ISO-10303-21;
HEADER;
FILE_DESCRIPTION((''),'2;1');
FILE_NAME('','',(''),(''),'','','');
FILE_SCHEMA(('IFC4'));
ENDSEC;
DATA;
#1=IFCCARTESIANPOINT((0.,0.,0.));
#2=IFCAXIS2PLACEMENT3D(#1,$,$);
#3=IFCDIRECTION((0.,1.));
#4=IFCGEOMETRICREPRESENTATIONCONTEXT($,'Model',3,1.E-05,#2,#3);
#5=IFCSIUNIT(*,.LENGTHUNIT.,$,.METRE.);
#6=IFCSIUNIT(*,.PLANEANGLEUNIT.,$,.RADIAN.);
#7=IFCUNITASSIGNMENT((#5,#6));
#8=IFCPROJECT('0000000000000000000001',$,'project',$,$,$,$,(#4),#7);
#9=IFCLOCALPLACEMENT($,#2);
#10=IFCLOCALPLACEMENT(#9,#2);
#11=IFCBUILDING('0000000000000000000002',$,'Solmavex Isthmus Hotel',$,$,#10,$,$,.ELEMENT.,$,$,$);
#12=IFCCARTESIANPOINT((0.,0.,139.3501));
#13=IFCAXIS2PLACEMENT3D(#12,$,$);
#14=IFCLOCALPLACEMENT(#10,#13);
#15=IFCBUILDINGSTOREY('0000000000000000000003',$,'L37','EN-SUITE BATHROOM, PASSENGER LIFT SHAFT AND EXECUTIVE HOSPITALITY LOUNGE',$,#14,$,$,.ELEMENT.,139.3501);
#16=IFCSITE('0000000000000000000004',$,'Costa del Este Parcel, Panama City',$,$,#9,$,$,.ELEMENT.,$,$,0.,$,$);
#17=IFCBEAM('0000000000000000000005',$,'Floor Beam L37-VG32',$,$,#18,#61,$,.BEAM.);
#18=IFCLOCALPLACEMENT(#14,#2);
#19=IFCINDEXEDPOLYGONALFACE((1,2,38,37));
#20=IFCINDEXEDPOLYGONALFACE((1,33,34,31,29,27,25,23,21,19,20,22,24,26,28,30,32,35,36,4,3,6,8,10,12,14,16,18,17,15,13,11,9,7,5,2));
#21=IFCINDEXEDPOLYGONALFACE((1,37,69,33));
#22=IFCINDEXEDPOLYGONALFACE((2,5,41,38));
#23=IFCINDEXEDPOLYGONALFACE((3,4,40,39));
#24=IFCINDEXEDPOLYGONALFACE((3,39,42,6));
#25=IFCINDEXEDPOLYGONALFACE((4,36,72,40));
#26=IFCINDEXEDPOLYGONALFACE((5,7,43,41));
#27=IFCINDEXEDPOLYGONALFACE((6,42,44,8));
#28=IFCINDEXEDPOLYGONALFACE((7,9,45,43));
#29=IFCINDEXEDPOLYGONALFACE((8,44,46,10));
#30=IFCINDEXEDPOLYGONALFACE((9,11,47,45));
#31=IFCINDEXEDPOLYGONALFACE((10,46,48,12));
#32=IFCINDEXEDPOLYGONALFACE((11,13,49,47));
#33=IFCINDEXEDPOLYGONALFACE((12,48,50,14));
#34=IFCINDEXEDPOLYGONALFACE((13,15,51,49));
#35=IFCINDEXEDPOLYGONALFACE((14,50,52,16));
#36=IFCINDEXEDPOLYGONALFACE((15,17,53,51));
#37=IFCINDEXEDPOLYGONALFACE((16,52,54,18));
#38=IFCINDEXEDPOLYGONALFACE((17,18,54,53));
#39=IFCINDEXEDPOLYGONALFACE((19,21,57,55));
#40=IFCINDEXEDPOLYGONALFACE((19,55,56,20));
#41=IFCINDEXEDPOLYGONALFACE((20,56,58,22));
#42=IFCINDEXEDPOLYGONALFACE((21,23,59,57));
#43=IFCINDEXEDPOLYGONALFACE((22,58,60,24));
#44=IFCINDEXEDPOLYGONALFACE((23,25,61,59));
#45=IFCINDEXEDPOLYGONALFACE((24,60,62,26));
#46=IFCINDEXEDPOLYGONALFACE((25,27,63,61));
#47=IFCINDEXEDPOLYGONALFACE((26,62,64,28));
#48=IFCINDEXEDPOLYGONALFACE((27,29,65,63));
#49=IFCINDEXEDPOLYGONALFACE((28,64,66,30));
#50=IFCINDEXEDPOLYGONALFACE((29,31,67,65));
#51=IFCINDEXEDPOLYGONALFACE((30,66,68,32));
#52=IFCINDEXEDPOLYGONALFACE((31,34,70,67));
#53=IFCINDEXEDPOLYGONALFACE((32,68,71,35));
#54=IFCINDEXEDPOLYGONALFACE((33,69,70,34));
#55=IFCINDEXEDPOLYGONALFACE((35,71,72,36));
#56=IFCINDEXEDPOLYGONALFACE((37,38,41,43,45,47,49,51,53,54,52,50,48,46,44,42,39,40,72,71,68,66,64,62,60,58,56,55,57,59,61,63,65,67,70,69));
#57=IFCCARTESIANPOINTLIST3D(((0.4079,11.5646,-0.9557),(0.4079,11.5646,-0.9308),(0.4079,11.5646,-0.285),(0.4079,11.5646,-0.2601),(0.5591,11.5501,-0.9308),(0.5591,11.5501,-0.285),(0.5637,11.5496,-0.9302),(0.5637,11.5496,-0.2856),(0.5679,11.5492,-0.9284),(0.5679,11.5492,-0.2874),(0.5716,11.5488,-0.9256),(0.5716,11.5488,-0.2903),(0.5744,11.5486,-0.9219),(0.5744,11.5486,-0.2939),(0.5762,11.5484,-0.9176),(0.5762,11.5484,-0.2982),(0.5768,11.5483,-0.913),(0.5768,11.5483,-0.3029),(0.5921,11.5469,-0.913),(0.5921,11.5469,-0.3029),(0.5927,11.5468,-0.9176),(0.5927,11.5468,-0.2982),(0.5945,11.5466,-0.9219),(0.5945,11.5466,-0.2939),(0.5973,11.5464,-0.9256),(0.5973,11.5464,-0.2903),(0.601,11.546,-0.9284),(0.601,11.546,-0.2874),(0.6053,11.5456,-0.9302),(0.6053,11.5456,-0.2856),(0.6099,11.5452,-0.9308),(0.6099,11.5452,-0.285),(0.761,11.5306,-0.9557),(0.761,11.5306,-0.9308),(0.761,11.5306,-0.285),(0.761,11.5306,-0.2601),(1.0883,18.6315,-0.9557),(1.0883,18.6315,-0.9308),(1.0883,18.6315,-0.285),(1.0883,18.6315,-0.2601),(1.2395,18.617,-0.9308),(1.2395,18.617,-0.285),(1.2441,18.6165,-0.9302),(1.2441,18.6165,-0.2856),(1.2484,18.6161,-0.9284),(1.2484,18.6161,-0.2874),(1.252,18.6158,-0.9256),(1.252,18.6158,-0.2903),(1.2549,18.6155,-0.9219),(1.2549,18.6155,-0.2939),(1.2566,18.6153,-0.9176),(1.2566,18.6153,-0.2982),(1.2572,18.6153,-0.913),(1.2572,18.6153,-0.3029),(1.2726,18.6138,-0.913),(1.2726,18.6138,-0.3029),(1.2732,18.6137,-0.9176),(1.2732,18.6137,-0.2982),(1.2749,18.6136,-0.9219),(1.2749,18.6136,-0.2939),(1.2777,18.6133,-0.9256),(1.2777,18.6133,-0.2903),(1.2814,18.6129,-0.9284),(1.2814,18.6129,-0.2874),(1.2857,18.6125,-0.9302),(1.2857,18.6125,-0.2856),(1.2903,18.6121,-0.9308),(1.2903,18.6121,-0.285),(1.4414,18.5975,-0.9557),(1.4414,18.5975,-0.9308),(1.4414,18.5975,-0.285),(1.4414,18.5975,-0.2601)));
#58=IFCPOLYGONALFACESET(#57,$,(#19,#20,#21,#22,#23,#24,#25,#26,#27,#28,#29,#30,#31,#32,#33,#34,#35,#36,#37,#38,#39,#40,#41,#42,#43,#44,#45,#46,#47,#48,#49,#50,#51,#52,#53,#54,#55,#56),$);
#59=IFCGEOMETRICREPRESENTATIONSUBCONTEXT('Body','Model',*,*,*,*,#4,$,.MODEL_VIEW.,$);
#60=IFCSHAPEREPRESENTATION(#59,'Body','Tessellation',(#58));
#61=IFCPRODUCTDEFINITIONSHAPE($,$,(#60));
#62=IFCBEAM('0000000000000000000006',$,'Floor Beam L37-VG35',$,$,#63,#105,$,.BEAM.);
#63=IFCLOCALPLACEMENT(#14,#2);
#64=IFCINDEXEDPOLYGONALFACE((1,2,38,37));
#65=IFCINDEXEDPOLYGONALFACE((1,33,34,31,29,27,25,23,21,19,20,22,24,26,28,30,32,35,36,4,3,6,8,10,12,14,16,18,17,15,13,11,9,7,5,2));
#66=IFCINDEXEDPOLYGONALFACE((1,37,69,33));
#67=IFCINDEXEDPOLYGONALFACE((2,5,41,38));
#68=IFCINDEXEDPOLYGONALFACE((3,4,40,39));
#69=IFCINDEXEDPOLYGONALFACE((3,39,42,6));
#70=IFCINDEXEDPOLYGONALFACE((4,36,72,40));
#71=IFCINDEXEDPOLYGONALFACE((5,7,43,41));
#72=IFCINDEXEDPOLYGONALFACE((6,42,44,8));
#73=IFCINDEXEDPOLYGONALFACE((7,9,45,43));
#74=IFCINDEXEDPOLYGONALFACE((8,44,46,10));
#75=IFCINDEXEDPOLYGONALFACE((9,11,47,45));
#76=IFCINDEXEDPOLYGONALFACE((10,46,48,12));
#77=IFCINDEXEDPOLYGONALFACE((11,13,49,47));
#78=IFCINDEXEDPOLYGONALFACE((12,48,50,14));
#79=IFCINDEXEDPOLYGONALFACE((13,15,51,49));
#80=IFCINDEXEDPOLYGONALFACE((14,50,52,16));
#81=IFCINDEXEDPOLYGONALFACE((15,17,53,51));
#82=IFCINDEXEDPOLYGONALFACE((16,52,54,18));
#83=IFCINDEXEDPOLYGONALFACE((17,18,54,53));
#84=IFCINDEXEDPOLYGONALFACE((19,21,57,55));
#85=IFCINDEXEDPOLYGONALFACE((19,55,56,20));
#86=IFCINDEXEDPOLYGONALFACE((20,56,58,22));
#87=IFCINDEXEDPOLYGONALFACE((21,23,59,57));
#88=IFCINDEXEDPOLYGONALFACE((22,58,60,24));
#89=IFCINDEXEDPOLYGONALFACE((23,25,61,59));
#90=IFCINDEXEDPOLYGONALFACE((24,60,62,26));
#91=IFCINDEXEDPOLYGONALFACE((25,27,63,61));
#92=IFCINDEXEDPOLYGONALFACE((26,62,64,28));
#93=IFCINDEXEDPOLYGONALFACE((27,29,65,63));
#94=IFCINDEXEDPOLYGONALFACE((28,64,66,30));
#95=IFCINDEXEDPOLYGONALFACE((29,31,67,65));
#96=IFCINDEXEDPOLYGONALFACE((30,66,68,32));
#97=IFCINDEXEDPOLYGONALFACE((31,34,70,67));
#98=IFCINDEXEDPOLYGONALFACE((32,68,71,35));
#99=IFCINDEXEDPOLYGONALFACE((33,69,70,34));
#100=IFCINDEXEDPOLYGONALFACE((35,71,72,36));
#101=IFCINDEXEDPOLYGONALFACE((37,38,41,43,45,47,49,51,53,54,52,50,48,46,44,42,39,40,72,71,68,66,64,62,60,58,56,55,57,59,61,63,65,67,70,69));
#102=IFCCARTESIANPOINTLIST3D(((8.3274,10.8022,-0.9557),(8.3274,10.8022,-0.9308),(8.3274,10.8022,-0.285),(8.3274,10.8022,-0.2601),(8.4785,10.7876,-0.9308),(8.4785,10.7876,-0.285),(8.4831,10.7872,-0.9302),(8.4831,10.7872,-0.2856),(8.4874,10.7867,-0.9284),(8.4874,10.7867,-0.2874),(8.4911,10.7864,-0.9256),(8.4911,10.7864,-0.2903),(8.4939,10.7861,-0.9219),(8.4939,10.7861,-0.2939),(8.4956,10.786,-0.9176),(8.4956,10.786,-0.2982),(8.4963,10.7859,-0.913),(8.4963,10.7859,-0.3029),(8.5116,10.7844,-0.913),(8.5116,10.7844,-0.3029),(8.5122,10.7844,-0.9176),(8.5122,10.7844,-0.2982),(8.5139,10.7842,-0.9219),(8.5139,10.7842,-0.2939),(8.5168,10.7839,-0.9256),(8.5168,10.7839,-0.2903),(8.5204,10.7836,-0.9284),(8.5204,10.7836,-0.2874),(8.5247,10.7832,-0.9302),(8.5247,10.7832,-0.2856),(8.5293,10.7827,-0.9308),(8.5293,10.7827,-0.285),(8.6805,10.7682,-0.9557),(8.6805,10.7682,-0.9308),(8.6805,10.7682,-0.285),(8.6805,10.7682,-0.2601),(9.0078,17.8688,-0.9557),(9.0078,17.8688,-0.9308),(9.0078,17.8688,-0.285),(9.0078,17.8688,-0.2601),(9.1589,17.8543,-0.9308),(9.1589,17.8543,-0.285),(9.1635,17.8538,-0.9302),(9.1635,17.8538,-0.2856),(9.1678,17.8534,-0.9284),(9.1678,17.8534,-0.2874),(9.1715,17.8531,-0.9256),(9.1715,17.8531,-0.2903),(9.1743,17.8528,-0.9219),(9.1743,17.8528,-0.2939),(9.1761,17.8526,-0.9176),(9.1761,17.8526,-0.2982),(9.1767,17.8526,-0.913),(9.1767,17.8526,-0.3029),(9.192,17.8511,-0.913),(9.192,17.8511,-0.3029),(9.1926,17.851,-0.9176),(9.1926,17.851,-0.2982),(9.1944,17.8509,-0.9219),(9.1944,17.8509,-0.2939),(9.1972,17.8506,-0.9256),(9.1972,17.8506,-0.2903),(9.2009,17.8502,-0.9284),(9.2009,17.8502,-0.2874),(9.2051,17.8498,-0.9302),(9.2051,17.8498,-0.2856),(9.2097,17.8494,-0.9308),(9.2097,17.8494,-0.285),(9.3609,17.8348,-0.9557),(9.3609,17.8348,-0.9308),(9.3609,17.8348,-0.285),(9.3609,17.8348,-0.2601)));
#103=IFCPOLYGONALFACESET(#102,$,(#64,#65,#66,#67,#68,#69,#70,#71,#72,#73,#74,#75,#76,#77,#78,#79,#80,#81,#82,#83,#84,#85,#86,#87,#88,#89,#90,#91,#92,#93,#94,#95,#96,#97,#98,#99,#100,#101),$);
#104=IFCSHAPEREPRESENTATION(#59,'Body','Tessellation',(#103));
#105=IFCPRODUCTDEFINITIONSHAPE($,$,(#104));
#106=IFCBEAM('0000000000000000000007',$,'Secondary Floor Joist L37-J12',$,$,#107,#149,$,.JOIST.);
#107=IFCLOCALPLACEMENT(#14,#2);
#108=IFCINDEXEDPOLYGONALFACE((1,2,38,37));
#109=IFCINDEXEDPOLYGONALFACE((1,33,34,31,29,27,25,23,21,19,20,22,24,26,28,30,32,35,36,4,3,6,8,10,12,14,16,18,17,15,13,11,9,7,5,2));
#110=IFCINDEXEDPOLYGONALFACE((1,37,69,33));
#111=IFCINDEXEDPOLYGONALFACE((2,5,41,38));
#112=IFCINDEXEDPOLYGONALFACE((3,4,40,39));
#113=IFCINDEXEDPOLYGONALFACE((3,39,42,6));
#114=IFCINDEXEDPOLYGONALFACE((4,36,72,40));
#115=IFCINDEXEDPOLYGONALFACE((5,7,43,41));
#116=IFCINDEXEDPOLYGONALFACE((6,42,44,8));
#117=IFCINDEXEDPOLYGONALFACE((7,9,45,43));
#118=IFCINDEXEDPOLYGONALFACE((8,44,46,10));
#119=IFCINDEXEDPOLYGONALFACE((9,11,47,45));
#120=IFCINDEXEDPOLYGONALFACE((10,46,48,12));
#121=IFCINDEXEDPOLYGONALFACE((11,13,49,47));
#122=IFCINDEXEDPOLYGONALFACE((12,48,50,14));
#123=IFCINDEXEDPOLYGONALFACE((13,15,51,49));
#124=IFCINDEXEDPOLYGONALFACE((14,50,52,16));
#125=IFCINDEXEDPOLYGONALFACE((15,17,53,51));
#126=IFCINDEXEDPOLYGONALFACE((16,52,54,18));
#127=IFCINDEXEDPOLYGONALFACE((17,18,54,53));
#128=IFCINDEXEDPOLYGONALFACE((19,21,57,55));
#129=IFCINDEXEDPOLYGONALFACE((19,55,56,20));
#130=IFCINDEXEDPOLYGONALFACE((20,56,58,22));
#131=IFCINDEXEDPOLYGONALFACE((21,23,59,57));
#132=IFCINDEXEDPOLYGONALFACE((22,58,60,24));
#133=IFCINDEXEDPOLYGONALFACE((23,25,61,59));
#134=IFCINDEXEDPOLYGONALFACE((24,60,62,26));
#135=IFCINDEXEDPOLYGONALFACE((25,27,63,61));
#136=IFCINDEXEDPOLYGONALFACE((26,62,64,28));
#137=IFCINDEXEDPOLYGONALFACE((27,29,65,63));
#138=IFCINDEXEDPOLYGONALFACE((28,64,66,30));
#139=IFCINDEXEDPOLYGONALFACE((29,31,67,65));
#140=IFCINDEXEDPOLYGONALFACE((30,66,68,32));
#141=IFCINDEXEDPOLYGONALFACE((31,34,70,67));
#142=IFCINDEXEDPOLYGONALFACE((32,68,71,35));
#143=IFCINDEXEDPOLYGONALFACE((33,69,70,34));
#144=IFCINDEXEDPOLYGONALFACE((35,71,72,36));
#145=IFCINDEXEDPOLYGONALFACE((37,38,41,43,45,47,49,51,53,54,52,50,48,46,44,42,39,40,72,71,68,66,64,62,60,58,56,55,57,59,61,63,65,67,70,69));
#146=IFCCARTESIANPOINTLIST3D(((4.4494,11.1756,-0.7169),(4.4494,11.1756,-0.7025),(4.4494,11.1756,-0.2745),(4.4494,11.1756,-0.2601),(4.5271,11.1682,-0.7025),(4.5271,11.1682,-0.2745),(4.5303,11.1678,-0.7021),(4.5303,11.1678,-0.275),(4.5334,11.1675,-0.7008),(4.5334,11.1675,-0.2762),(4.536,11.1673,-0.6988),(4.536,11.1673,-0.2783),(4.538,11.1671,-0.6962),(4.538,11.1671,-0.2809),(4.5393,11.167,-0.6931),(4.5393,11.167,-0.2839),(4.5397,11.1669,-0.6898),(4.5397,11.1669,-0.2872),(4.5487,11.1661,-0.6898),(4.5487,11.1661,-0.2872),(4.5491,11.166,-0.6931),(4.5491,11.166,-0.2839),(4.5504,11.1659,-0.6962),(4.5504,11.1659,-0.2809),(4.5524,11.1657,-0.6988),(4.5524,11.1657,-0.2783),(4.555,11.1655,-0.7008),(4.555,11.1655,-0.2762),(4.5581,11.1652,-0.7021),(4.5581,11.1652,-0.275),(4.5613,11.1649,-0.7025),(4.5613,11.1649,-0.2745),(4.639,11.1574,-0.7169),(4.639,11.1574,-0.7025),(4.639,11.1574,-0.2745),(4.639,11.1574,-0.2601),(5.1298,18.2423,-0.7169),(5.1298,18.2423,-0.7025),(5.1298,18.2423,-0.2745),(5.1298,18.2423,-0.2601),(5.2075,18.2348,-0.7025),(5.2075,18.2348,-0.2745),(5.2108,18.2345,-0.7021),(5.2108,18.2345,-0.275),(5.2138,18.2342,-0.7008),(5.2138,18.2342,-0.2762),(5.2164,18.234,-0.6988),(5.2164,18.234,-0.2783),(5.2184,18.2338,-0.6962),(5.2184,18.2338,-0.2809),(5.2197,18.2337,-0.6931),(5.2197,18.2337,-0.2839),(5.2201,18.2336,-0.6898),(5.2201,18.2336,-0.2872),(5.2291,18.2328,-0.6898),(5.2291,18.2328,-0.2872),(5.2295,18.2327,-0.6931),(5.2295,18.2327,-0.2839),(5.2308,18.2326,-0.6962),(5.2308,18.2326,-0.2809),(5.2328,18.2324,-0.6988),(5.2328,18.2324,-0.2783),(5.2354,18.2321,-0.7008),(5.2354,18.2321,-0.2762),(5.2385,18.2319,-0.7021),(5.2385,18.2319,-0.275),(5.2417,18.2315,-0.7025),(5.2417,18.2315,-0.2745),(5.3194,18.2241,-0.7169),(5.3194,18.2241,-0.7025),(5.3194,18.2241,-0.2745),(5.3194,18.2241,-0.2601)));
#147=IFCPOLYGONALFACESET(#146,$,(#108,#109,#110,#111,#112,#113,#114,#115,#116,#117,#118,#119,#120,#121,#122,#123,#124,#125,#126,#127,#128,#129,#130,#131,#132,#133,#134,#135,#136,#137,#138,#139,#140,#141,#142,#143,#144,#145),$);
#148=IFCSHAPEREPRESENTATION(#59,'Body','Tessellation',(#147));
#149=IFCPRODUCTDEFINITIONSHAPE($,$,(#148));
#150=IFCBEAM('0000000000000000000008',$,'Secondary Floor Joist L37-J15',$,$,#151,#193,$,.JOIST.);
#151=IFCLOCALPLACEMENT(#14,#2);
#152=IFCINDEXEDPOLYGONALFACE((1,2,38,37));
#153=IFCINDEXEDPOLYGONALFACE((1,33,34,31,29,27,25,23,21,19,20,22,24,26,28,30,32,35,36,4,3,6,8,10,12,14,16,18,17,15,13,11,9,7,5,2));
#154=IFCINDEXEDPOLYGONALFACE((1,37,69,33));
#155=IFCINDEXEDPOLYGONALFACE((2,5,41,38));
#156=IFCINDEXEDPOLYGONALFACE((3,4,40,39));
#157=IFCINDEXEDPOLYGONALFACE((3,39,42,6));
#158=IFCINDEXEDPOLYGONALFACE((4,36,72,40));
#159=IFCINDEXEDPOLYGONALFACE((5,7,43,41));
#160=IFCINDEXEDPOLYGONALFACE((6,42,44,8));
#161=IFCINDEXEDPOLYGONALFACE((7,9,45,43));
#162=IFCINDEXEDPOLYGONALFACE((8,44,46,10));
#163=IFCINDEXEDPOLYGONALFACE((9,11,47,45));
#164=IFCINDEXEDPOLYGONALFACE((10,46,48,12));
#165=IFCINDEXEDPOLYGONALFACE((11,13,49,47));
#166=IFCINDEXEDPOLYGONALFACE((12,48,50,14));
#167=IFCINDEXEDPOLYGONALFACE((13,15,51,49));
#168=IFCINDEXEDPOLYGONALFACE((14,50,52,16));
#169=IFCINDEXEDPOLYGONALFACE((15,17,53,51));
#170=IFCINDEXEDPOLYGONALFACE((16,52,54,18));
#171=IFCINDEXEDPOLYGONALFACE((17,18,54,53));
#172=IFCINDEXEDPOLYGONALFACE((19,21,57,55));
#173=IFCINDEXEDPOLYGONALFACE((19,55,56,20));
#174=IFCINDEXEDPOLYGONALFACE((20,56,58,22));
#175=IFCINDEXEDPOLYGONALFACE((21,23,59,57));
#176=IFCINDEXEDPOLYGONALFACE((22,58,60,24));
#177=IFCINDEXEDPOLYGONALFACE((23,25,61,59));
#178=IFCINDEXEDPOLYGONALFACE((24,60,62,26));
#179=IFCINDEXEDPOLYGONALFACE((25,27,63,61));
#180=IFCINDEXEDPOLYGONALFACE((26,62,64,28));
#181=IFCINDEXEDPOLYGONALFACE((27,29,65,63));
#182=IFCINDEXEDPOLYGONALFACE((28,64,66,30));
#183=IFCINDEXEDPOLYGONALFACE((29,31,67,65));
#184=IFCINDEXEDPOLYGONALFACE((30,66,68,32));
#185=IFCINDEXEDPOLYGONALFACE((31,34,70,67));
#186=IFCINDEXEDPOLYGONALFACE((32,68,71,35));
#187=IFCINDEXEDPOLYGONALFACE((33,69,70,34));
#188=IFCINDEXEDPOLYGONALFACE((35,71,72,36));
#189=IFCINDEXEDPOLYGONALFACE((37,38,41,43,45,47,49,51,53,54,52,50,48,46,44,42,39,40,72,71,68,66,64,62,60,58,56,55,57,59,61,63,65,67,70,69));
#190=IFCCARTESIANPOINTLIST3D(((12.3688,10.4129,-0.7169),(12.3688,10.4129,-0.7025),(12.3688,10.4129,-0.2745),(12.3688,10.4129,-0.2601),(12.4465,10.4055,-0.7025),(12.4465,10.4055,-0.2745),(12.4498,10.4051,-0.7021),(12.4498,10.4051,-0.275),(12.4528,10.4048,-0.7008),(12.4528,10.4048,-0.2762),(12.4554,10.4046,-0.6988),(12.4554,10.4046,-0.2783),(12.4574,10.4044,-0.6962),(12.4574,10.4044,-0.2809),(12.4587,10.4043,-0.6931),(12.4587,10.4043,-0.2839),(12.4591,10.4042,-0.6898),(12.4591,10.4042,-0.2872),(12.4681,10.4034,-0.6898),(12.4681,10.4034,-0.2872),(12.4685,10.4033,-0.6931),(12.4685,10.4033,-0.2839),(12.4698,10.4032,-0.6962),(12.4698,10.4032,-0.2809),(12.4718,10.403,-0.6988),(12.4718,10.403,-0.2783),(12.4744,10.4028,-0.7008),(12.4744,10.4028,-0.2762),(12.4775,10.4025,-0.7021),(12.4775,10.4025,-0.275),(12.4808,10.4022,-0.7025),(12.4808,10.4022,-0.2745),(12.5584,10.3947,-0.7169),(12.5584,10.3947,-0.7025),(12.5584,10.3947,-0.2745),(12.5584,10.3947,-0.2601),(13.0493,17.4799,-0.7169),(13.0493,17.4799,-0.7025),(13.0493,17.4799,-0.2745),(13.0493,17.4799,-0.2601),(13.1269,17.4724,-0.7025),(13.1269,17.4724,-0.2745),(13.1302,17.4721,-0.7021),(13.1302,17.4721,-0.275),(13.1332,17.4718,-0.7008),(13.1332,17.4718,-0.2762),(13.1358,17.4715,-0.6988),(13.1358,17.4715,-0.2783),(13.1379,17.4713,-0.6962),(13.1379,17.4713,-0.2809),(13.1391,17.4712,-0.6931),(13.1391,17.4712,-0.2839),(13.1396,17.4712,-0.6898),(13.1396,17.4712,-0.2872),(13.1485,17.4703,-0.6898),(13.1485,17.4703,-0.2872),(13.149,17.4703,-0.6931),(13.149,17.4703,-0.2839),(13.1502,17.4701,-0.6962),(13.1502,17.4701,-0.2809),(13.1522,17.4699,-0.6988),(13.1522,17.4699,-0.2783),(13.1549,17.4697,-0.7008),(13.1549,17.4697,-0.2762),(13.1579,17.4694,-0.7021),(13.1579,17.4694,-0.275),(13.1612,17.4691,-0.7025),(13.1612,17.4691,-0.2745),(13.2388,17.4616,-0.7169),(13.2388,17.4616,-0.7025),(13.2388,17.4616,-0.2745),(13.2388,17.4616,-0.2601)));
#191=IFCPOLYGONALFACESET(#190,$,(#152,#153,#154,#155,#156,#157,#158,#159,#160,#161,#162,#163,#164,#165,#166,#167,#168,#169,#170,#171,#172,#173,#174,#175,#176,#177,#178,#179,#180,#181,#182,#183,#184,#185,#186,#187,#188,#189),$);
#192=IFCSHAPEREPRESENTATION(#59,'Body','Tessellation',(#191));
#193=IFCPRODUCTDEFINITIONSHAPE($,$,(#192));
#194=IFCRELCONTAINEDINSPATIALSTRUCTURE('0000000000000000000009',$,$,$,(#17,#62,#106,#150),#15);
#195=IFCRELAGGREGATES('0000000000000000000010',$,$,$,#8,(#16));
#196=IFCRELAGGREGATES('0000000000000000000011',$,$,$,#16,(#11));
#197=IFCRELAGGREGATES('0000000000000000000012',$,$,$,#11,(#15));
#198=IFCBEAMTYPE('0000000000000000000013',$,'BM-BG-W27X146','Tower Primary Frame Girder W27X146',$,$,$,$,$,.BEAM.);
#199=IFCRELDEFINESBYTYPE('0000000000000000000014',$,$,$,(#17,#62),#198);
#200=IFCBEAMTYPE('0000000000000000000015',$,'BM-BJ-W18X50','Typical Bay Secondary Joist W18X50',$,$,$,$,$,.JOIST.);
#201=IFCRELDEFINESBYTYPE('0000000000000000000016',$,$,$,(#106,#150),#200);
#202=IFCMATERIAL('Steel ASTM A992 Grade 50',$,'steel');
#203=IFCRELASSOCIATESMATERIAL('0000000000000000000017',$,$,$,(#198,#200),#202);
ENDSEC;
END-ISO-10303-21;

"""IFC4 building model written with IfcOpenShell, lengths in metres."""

from ifc_helpers import new_model, si_unit, direction, frame, origin, origin_2d, place, context, subcontext, project, spatial, i_section, extrude, material, material_profile, profile_set, type_object, element, save


model = new_model("IFC4")

# Units and contexts
model_context = context("Model", 3, precision=1e-05, world=origin(), true_north=direction((0.0, 1.0)))
body_context = subcontext(model_context, "Body", "Model", "MODEL_VIEW")
ifc_project = project(units=[si_unit("LENGTHUNIT", "METRE"), si_unit("PLANEANGLEUNIT", "RADIAN")], contexts=[model_context])

# Site, building, storey
site_placement = place(None, origin())
site = spatial("IfcSite", under=ifc_project, at=site_placement, Name="Costa del Este Parcel, Panama City", CompositionType="ELEMENT", RefElevation=0.0)
building_placement = place(site_placement, origin())
building = spatial("IfcBuilding", under=site, at=building_placement, Name="Solmavex Isthmus Hotel", CompositionType="ELEMENT")
storey_placement = place(building_placement, frame((0.0, 0.0, 139.3501)))
storey = spatial("IfcBuildingStorey", under=building, at=storey_placement, Name="L37", Description="EN-SUITE BATHROOM, PASSENGER LIFT SHAFT AND EXECUTIVE HOSPITALITY LOUNGE", CompositionType="ELEMENT", Elevation=139.3501)

# Beams
ifc_material_1 = material(Name="Steel ASTM A992 Grade 50", Category="steel")
ifc_material_profile_1 = material_profile(ifc_material_1, i_section(OverallWidth=0.3547, OverallDepth=0.6956, WebThickness=0.0154, FlangeThickness=0.0249, FilletRadius=0.0178, at=origin_2d()), Name="W27X146")
ifc_profile_set_1 = profile_set([ifc_material_profile_1], Name="Steel ASTM A992 Grade 50")
beam_type_1 = type_object("IfcBeamType", Name="BM-BG-W27X146", Description="Tower Primary Frame Girder W27X146", PredefinedType="BEAM", material=ifc_profile_set_1)
beam_1_placement = place(storey_placement, frame((0.5845, 11.5476, -0.6079), z_axis=(0.09584, 0.995397, 0.0), x_axis=(-0.995397, 0.09584, 0.0)))
element("IfcBeam", 1, at=beam_1_placement, inside=storey, type_object=beam_type_1, Name="Floor Beam L37-VG32", PredefinedType="BEAM", context=body_context, shape_type="SweptSolid", body=[
    extrude(i_section(OverallWidth=0.3547, OverallDepth=0.6956, WebThickness=0.0154, FlangeThickness=0.0249, FilletRadius=0.0178, at=origin_2d()), origin(), (0.0, 0.0, 1.0), 7.0996),
])
beam_2_placement = place(storey_placement, frame((8.5039, 10.7852, -0.6079), z_axis=(0.095843, 0.995396, 0.0), x_axis=(-0.995396, 0.095843, 0.0)))
element("IfcBeam", 2, at=beam_2_placement, inside=storey, type_object=beam_type_1, Name="Floor Beam L37-VG35", PredefinedType="BEAM", context=body_context, shape_type="SweptSolid", body=[
    extrude(i_section(OverallWidth=0.3547, OverallDepth=0.6956, WebThickness=0.0154, FlangeThickness=0.0249, FilletRadius=0.0178, at=origin_2d()), origin(), (0.0, 0.0, 1.0), 7.0994),
])
ifc_material_profile_2 = material_profile(ifc_material_1, i_section(OverallWidth=0.1904, OverallDepth=0.4568, WebThickness=0.009, FlangeThickness=0.0144, FilletRadius=0.0127, at=origin_2d()), Name="W18X50")
ifc_profile_set_2 = profile_set([ifc_material_profile_2], Name="Steel ASTM A992 Grade 50")
beam_type_2 = type_object("IfcBeamType", Name="BM-BJ-W18X50", Description="Typical Bay Secondary Joist W18X50", PredefinedType="JOIST", material=ifc_profile_set_2)
beam_3_placement = place(storey_placement, frame((4.5442, 11.1665, -0.4885), z_axis=(0.095843, 0.995396, 0.0), x_axis=(-0.995396, 0.095843, 0.0)))
element("IfcBeam", 3, at=beam_3_placement, inside=storey, type_object=beam_type_2, Name="Secondary Floor Joist L37-J12", PredefinedType="JOIST", context=body_context, shape_type="SweptSolid", body=[
    extrude(i_section(OverallWidth=0.1904, OverallDepth=0.4568, WebThickness=0.009, FlangeThickness=0.0144, FilletRadius=0.0127, at=origin_2d()), origin(), (0.0, 0.0, 1.0), 7.0994),
])
beam_4_placement = place(storey_placement, frame((12.4636, 10.4038, -0.4885), z_axis=(0.09584, 0.995397, 0.0), x_axis=(-0.995397, 0.09584, 0.0)))
element("IfcBeam", 4, at=beam_4_placement, inside=storey, type_object=beam_type_2, Name="Secondary Floor Joist L37-J15", PredefinedType="JOIST", context=body_context, shape_type="SweptSolid", body=[
    extrude(i_section(OverallWidth=0.1904, OverallDepth=0.4568, WebThickness=0.009, FlangeThickness=0.0144, FilletRadius=0.0127, at=origin_2d()), origin(), (0.0, 0.0, 1.0), 7.0996),
])

save(model, "model.ifc")
